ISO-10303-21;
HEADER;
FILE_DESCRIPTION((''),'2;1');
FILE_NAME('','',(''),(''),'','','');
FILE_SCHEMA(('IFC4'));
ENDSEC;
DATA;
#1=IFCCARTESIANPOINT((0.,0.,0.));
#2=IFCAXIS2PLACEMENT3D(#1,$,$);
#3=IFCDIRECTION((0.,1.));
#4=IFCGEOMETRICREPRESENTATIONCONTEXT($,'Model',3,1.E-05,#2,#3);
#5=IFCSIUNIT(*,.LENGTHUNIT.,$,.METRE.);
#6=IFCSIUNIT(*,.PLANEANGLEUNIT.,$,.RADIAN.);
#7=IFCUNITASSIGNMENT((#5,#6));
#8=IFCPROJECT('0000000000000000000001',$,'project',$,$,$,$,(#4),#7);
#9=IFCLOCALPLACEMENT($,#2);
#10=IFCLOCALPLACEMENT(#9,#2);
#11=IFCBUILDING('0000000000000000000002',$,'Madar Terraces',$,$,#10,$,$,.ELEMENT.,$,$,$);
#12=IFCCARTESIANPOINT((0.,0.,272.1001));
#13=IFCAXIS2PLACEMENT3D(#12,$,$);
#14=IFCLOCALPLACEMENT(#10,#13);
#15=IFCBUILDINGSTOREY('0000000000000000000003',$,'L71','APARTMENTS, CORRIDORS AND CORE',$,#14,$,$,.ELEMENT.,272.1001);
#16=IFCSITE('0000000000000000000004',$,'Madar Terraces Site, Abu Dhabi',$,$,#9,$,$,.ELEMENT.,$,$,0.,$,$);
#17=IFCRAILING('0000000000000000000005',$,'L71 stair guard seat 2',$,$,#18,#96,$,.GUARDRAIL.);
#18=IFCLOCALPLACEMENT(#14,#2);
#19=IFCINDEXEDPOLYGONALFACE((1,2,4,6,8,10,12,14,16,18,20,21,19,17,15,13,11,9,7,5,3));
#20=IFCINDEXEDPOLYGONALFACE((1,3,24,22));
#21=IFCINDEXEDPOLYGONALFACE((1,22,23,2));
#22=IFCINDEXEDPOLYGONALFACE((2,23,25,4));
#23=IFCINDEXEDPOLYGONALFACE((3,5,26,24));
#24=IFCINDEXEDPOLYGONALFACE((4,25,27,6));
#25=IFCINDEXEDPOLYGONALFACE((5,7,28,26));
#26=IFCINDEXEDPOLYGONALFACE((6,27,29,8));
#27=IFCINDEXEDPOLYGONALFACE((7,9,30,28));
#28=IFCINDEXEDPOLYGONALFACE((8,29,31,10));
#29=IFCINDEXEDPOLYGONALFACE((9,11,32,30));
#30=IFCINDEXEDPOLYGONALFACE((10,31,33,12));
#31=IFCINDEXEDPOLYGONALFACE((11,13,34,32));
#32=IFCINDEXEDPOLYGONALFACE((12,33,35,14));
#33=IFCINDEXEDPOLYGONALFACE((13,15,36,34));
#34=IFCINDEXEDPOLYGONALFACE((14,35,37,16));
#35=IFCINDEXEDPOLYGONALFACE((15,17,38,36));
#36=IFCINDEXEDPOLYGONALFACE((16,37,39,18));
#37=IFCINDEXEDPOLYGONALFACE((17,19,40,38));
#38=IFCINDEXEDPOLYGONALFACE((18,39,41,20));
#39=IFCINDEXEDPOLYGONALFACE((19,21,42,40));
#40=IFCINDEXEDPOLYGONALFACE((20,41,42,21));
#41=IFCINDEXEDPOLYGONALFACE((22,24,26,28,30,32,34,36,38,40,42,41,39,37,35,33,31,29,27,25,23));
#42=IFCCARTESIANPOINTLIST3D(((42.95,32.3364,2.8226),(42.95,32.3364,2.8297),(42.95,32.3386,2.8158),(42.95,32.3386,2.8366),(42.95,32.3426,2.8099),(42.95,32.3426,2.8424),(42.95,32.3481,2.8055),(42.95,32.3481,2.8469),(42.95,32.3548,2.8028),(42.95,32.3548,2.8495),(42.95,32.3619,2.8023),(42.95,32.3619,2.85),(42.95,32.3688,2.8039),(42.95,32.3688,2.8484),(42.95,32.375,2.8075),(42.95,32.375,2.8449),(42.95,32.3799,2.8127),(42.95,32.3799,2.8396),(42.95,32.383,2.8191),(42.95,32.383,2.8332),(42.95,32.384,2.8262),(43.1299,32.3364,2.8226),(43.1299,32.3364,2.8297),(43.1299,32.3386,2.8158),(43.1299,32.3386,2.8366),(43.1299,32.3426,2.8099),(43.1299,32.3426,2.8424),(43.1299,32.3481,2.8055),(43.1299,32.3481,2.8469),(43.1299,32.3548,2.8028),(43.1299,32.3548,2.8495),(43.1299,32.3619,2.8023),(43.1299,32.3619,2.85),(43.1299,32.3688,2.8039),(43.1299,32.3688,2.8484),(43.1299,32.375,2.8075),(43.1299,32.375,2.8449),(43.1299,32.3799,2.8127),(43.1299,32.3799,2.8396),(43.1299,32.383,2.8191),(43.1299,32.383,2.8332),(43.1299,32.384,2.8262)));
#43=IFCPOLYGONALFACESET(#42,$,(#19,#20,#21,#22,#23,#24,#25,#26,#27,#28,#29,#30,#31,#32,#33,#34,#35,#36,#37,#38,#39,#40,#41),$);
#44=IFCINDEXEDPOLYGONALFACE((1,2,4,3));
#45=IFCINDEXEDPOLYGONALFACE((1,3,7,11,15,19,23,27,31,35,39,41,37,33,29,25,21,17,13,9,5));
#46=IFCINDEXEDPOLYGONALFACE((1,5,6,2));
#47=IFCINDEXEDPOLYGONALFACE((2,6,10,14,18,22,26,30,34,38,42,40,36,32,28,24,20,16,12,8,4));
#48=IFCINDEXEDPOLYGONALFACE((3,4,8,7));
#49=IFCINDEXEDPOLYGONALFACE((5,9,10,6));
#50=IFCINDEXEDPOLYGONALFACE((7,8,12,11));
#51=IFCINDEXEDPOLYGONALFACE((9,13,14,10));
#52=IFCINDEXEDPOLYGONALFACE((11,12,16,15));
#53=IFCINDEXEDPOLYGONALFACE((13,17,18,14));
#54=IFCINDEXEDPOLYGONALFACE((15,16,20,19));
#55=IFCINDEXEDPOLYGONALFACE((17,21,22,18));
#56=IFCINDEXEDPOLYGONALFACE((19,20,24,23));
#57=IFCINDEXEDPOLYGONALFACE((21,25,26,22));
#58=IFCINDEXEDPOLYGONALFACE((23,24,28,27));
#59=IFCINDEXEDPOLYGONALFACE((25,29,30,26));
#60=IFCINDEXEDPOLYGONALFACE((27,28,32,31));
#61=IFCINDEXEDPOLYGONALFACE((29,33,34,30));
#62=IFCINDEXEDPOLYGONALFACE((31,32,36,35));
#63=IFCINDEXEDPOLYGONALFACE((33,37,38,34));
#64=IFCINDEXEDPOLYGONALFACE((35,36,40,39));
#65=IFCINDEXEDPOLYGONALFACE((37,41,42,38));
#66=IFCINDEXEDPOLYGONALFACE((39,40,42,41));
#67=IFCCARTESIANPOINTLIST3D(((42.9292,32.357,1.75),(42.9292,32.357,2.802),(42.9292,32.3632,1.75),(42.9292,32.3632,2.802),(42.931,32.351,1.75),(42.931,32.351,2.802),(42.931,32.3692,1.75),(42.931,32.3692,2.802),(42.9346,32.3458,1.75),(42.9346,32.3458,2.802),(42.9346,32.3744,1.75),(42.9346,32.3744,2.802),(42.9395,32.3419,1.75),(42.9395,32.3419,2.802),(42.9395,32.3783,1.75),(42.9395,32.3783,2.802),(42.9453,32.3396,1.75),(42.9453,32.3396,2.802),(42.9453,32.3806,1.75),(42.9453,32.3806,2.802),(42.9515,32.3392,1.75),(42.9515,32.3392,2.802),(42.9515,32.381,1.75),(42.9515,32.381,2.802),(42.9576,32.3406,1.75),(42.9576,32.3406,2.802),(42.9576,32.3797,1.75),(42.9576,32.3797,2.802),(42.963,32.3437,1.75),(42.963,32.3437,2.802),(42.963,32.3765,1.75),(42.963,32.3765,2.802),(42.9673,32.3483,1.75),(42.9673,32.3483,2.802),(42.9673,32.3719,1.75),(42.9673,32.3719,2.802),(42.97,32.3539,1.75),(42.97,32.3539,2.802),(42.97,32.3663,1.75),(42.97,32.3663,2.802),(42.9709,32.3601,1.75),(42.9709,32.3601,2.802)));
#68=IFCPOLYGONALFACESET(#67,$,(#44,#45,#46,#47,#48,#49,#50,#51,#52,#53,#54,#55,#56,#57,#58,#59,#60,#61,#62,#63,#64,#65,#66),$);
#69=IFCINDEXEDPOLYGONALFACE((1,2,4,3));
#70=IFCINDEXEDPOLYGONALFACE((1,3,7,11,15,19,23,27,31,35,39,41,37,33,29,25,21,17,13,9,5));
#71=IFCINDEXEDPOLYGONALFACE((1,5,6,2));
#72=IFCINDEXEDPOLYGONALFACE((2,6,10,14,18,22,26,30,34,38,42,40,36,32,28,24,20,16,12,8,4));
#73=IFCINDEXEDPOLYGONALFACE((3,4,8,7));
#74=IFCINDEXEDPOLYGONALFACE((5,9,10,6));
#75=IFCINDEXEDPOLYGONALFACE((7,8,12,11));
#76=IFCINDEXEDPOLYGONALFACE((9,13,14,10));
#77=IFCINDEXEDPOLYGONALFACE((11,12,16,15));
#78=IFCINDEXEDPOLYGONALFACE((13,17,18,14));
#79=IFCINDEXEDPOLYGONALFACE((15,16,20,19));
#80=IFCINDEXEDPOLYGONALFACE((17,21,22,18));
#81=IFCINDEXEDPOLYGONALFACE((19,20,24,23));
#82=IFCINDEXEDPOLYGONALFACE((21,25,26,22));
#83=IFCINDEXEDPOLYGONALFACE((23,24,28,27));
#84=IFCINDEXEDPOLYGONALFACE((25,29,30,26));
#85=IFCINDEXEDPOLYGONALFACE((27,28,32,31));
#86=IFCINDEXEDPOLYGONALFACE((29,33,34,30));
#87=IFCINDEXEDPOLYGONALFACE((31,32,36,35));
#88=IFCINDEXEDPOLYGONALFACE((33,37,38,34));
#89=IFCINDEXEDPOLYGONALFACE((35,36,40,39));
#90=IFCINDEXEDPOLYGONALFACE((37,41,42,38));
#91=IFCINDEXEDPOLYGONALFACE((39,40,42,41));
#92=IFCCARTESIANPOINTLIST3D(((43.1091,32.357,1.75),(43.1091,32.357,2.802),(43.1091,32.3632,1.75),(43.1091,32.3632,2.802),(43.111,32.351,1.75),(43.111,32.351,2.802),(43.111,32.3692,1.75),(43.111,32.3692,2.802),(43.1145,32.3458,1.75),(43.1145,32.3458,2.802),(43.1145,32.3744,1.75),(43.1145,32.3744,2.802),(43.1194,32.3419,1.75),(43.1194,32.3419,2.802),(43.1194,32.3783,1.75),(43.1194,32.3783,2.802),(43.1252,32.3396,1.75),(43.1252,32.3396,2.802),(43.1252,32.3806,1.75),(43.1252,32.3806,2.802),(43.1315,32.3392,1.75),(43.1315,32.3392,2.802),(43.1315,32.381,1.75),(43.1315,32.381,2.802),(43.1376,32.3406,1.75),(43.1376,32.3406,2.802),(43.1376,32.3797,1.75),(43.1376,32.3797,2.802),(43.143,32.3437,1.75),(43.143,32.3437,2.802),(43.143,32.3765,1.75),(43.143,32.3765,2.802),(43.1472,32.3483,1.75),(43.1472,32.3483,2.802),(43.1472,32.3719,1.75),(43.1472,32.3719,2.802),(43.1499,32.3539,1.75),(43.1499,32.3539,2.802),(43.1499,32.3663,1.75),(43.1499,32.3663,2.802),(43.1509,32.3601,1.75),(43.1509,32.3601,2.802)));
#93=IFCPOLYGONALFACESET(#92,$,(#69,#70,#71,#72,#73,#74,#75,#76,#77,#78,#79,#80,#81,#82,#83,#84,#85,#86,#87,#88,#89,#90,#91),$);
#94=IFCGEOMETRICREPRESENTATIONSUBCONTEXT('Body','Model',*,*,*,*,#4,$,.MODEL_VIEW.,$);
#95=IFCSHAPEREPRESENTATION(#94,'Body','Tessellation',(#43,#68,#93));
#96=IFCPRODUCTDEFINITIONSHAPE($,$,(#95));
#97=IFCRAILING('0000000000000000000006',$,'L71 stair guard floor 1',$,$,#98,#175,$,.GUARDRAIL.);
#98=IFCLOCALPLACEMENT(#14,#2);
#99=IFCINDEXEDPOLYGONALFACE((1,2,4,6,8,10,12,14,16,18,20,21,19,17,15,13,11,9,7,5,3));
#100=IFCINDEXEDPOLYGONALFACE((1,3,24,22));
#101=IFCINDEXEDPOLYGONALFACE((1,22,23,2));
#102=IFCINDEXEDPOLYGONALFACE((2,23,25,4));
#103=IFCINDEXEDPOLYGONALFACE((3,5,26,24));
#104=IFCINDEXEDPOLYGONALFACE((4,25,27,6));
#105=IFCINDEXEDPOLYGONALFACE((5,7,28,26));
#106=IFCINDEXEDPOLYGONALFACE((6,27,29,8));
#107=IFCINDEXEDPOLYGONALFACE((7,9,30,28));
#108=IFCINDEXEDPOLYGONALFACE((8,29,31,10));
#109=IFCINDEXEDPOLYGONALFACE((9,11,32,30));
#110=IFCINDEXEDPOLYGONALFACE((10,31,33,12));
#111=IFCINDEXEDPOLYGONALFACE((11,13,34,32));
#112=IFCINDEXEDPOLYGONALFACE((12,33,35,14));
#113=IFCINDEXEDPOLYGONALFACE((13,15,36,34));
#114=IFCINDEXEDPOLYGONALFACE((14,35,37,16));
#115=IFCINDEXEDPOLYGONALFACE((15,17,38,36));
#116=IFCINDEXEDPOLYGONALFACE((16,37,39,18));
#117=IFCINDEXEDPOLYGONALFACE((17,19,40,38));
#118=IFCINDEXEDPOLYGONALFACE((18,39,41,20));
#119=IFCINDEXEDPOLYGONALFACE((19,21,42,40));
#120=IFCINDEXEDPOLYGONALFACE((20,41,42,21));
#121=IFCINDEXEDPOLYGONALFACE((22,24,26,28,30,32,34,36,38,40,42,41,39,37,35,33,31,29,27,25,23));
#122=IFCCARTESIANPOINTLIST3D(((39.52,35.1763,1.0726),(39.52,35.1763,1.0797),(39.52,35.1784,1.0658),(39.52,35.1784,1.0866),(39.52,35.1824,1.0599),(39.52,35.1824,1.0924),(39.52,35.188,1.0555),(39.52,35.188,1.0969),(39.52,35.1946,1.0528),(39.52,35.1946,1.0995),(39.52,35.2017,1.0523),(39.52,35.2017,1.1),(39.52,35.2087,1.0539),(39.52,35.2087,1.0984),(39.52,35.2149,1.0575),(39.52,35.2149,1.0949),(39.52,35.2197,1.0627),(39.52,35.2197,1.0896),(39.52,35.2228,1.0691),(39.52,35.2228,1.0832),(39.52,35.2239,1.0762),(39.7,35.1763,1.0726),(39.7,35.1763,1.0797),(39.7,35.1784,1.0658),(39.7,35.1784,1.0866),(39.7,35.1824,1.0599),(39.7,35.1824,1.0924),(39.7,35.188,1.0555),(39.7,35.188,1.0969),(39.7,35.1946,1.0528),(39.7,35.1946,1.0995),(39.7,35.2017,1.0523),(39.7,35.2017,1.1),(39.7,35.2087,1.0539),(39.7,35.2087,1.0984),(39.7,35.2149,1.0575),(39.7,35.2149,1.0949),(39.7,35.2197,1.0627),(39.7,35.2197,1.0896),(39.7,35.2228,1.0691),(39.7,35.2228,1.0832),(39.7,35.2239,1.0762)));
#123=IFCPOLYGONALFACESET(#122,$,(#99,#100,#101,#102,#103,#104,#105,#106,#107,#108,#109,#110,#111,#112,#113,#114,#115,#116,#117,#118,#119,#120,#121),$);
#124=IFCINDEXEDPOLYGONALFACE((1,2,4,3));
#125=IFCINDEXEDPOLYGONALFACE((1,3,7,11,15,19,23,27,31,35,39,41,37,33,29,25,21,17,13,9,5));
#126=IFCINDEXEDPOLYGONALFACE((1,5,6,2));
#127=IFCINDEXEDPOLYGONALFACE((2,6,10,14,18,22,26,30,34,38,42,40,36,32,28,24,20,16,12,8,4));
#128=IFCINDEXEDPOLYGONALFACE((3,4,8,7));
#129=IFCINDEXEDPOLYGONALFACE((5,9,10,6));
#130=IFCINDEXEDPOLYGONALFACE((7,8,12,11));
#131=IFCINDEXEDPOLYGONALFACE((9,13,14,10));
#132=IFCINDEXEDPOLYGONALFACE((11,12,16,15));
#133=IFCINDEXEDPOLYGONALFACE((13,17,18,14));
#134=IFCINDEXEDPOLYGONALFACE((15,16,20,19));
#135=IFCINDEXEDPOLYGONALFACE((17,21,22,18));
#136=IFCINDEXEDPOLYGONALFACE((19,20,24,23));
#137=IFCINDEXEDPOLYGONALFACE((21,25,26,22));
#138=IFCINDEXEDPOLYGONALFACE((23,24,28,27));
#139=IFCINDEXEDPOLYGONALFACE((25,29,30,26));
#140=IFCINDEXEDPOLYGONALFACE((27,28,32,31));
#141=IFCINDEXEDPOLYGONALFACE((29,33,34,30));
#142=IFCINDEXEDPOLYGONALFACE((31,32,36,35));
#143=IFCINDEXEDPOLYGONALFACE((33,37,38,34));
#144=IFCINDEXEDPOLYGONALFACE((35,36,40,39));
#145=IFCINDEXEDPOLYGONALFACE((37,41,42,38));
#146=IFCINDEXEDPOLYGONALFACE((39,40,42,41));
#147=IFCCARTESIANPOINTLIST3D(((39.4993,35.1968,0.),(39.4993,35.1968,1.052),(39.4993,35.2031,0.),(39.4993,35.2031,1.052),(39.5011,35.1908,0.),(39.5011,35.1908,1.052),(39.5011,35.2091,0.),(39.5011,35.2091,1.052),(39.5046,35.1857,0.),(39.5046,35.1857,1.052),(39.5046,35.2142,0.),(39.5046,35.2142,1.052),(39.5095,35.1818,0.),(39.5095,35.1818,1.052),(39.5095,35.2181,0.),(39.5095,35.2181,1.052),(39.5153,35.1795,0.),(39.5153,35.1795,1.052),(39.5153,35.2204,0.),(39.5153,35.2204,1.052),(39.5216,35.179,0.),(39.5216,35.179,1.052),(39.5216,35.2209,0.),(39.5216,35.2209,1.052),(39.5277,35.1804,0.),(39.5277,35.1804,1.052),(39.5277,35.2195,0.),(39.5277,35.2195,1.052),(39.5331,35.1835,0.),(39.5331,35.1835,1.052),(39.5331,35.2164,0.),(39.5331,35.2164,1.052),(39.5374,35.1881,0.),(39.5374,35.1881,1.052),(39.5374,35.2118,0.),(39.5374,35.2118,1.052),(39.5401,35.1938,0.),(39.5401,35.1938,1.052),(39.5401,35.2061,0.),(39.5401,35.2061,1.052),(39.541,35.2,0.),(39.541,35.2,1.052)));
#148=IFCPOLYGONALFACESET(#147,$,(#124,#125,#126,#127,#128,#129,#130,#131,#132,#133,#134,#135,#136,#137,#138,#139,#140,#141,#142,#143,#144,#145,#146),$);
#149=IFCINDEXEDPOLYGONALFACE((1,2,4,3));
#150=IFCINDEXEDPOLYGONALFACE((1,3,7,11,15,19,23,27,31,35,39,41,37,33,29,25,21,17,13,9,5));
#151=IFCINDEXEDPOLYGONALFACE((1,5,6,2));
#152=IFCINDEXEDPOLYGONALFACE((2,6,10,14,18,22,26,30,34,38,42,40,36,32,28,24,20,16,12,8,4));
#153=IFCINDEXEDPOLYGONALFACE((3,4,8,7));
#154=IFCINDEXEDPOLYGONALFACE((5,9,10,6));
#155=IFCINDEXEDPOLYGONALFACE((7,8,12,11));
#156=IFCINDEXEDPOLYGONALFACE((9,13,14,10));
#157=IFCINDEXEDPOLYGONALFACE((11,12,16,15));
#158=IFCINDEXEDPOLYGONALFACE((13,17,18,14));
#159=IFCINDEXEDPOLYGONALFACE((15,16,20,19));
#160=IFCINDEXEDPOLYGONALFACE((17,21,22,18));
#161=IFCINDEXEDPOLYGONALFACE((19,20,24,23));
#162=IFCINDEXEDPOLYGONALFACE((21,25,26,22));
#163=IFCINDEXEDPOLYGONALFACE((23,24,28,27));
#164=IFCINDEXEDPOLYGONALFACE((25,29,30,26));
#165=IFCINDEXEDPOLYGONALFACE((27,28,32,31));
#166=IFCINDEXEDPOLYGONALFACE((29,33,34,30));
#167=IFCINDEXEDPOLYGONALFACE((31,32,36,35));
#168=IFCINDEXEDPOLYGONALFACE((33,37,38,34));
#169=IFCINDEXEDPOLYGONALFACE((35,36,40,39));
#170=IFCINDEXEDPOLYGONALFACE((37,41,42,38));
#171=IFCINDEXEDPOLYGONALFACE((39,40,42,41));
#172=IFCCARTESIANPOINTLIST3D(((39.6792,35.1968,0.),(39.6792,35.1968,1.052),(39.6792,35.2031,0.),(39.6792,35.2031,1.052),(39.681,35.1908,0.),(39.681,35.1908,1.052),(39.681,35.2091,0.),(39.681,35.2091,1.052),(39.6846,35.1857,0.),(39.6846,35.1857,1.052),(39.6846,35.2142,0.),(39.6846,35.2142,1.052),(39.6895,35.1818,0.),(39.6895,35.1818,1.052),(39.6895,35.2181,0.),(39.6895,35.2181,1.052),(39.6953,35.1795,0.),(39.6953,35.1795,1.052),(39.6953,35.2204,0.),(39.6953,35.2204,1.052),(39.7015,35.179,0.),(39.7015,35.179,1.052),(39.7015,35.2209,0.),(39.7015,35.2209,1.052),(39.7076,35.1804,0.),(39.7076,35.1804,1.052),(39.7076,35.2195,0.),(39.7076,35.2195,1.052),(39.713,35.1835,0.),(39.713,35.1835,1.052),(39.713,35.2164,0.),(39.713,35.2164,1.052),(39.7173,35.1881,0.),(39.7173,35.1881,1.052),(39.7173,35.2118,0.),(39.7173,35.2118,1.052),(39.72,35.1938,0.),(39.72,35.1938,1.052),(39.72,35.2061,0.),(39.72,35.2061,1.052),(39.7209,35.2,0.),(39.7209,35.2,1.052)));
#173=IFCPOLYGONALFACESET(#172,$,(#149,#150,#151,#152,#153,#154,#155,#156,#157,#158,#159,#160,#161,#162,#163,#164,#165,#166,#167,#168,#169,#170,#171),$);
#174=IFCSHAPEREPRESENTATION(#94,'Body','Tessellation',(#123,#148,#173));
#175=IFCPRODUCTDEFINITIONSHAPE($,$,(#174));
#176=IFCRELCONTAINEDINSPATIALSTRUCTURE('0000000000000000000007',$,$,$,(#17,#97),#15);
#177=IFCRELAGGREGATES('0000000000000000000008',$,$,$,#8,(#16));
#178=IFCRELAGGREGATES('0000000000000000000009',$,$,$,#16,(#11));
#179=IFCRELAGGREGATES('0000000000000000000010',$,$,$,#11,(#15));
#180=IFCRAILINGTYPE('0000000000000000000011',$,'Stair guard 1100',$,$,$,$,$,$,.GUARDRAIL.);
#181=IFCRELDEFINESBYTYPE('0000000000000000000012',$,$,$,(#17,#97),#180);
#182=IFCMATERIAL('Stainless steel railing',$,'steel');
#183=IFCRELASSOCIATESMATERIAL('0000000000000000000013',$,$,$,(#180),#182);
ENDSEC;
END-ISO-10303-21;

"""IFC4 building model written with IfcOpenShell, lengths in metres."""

from ifc_helpers import new_model, si_unit, direction, frame, origin, origin_2d, place, context, subcontext, project, spatial, circle, extrude, material, type_object, element, save


model = new_model("IFC4")

# Units and contexts
model_context = context("Model", 3, precision=1e-05, world=origin(), true_north=direction((0.0, 1.0)))
body_context = subcontext(model_context, "Body", "Model", "MODEL_VIEW")
ifc_project = project(units=[si_unit("LENGTHUNIT", "METRE"), si_unit("PLANEANGLEUNIT", "RADIAN")], contexts=[model_context])

# Site, building, storey
site_placement = place(None, origin())
site = spatial("IfcSite", under=ifc_project, at=site_placement, Name="Madar Terraces Site, Abu Dhabi", CompositionType="ELEMENT", RefElevation=0.0)
building_placement = place(site_placement, origin())
building = spatial("IfcBuilding", under=site, at=building_placement, Name="Madar Terraces", CompositionType="ELEMENT")
storey_placement = place(building_placement, frame((0.0, 0.0, 272.1001)))
storey = spatial("IfcBuildingStorey", under=building, at=storey_placement, Name="L71", Description="APARTMENTS, CORRIDORS AND CORE", CompositionType="ELEMENT", Elevation=272.1001)

# Railings
ifc_material_1 = material(Name="Stainless steel railing", Category="steel")
railing_type_1 = type_object("IfcRailingType", Name="Stair guard 1100", PredefinedType="GUARDRAIL", material=ifc_material_1)
for number, where, name in (
    (1, (42.95, 32.3601, 1.75), "L71 stair guard seat 2"),
    (2, (39.52, 35.2, 0.0), "L71 stair guard floor 1"),
):
    element("IfcRailing", number, at=place(storey_placement, frame(where)), inside=storey, type_object=railing_type_1, Name=name, PredefinedType="GUARDRAIL", context=body_context, shape_type="SweptSolid", body=[
        extrude(circle(Radius=0.0239, at=origin_2d()), frame((0.0, 0.0, 1.0762), z_axis=(1.0, 0.0, 0.0), x_axis=(0.0, 1.0, 0.0)), (0.0, 0.0, 1.0), 0.1799),
        extrude(circle(Radius=0.021, at=origin_2d()), origin(), (0.0, 0.0, 1.0), 1.052),
        extrude(circle(Radius=0.021, at=origin_2d()), frame((0.1799, 0.0, 0.0)), (0.0, 0.0, 1.0), 1.052),
    ])

save(model, "model.ifc")
